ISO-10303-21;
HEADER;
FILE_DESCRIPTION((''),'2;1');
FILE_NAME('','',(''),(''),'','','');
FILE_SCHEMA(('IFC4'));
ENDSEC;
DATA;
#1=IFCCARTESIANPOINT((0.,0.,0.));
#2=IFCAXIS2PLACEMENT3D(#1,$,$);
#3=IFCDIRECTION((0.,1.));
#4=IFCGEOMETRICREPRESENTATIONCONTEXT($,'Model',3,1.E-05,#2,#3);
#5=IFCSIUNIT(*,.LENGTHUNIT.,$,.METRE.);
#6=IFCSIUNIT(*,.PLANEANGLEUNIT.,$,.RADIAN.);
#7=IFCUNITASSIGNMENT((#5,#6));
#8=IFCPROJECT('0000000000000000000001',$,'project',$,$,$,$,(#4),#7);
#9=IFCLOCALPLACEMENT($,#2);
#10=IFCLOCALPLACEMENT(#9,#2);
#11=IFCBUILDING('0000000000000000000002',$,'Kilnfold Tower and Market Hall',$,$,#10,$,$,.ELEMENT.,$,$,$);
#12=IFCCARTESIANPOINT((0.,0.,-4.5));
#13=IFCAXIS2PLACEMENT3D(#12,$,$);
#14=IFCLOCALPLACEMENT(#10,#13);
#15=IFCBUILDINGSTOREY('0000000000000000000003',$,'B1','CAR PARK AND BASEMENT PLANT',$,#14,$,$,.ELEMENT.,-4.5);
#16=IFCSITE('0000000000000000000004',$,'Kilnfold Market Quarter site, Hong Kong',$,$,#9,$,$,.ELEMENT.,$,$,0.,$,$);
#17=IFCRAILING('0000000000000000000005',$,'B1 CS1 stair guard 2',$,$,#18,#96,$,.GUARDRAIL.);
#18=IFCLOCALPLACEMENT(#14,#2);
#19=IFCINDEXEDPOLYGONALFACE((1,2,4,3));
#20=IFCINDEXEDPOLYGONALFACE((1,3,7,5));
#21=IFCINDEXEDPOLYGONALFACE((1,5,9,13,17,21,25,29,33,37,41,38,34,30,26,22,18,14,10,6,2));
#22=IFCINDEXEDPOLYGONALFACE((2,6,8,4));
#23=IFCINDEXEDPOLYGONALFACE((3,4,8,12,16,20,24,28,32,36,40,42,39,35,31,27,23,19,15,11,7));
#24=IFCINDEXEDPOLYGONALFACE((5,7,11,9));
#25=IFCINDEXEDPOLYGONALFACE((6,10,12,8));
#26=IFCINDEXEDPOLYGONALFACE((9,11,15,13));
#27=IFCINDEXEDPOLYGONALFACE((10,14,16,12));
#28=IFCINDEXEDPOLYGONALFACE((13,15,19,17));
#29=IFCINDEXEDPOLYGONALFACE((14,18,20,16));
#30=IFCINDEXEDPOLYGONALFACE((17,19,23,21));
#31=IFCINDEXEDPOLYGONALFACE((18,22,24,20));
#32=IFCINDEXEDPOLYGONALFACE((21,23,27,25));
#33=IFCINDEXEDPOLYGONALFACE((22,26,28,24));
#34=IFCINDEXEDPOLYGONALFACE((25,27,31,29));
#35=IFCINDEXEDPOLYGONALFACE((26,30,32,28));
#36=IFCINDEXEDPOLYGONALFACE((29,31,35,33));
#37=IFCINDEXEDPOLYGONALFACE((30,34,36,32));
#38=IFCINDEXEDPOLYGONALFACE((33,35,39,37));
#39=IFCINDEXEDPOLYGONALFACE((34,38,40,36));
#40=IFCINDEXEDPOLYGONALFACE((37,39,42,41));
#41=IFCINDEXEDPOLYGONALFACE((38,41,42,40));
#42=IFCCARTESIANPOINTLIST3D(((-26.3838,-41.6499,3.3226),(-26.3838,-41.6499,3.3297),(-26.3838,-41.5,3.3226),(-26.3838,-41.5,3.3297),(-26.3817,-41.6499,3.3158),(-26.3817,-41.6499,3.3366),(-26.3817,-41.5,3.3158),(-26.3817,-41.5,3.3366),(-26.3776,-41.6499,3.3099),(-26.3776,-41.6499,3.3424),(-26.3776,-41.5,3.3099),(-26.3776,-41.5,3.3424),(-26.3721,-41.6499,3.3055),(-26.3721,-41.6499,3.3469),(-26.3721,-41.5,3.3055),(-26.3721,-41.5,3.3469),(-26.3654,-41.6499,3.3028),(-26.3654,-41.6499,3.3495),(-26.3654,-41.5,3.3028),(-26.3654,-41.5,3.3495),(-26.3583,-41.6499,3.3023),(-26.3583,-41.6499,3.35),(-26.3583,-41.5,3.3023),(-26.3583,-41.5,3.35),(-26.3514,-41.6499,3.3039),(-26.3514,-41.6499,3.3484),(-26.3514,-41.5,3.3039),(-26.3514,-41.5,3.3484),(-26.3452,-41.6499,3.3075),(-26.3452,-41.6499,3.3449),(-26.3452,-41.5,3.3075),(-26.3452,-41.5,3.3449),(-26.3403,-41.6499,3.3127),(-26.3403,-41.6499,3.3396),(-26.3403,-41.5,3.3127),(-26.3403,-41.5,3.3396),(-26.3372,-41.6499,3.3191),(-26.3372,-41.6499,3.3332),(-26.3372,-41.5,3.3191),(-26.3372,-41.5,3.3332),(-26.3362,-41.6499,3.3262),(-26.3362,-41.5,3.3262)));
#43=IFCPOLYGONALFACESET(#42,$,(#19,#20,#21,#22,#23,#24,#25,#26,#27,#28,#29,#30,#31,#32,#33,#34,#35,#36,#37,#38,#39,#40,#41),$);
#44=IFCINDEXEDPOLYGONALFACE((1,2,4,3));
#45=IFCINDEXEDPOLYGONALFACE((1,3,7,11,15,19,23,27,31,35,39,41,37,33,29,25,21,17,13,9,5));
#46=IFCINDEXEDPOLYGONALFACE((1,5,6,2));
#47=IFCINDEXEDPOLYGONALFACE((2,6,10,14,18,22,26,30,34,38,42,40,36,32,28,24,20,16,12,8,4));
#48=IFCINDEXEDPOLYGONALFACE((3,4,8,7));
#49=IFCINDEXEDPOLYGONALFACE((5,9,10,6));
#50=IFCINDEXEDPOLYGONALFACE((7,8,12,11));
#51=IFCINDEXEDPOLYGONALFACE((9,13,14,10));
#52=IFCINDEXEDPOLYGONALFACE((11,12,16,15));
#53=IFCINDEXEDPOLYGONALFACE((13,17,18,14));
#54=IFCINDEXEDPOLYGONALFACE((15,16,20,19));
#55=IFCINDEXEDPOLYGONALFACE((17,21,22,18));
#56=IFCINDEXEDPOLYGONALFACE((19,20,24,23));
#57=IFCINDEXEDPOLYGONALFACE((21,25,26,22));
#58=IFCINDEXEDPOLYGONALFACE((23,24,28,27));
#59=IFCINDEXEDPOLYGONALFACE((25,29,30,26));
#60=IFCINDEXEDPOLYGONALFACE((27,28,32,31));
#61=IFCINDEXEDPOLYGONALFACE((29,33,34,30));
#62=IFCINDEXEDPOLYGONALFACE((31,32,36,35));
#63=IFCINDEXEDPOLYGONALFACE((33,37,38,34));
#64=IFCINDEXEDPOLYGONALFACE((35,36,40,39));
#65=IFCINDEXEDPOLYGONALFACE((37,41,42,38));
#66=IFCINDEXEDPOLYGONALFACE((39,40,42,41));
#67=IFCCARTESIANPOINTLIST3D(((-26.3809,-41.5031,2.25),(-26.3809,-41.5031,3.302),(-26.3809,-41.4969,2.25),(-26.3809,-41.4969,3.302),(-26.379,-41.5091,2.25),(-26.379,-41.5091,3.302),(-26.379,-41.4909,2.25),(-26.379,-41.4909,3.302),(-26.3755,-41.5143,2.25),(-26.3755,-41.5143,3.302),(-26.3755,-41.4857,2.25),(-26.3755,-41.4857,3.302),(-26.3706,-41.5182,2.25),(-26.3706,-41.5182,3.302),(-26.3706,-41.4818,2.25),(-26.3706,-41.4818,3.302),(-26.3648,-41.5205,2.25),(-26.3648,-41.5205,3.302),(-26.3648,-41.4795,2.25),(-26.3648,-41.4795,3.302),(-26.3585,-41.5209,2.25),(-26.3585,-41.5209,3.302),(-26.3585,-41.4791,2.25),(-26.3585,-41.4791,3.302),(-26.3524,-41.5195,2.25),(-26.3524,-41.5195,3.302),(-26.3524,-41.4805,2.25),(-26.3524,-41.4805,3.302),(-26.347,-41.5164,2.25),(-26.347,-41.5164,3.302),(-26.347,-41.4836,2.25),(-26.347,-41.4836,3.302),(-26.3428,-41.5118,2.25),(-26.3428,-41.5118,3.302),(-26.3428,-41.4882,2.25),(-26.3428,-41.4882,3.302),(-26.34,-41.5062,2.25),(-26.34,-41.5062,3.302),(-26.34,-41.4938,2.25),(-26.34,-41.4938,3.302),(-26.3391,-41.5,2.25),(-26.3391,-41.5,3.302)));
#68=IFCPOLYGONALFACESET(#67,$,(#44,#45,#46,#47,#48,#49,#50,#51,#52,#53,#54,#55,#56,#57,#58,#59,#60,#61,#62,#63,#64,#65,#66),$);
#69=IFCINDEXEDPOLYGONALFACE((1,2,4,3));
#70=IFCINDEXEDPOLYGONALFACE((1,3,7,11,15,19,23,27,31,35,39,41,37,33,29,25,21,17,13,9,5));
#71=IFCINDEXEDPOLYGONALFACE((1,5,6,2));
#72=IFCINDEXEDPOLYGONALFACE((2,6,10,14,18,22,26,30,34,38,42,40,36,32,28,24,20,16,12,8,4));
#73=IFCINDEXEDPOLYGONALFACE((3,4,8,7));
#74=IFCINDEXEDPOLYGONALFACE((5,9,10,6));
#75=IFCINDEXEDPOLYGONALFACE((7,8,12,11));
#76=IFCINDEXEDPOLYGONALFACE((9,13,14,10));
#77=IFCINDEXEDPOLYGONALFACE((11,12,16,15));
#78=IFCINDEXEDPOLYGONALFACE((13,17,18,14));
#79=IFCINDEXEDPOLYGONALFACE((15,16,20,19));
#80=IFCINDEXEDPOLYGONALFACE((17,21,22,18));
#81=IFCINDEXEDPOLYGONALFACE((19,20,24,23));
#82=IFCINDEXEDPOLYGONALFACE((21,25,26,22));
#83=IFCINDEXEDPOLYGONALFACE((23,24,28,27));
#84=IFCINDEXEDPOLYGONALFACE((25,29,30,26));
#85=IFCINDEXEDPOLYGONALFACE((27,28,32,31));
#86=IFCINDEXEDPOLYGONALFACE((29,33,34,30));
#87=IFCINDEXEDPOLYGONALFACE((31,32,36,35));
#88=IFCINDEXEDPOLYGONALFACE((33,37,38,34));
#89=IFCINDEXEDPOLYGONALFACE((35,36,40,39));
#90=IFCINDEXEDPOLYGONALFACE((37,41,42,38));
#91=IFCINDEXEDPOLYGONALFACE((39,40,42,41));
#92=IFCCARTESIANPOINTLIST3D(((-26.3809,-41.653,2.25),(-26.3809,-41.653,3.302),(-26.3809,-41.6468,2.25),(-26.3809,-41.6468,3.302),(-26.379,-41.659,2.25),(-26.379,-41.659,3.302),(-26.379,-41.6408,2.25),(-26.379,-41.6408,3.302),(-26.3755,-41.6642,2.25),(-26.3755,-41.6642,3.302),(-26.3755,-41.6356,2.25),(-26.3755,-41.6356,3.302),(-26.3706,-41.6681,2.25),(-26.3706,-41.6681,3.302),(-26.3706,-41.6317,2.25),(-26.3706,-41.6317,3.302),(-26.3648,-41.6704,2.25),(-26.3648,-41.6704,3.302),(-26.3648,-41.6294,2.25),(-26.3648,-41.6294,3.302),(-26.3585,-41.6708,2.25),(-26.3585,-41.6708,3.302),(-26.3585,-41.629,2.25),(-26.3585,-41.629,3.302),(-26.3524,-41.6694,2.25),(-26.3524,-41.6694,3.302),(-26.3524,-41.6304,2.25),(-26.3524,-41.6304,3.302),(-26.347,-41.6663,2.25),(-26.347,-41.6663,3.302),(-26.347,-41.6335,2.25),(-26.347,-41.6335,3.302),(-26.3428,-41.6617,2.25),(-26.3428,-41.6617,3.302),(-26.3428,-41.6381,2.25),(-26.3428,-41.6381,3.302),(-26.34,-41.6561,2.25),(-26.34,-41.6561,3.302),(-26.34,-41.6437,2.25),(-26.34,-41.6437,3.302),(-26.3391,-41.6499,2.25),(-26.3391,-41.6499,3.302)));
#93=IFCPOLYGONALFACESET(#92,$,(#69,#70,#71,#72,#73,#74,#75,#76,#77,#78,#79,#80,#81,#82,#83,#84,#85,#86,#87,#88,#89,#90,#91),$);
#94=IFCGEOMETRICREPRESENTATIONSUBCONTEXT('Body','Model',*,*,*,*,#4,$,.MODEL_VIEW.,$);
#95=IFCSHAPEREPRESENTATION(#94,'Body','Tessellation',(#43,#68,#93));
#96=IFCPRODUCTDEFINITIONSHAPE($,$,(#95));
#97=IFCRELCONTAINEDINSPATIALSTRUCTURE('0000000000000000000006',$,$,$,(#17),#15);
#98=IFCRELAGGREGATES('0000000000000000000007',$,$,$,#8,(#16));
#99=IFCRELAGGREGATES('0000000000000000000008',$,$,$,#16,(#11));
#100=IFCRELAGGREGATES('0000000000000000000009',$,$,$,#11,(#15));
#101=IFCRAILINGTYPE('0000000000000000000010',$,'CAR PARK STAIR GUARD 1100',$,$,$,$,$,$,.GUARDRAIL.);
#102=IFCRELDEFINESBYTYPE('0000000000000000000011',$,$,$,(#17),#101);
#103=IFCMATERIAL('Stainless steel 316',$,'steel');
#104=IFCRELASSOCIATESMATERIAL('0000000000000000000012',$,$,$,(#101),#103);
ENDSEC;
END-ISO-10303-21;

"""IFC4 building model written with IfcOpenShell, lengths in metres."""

from ifc_helpers import new_model, si_unit, direction, frame, origin, origin_2d, place, context, subcontext, project, spatial, circle, extrude, material, type_object, element, save


model = new_model("IFC4")

# Units and contexts
model_context = context("Model", 3, precision=1e-05, world=origin(), true_north=direction((0.0, 1.0)))
body_context = subcontext(model_context, "Body", "Model", "MODEL_VIEW")
ifc_project = project(units=[si_unit("LENGTHUNIT", "METRE"), si_unit("PLANEANGLEUNIT", "RADIAN")], contexts=[model_context])

# Site, building, storey
site_placement = place(None, origin())
site = spatial("IfcSite", under=ifc_project, at=site_placement, Name="Kilnfold Market Quarter site, Hong Kong", CompositionType="ELEMENT", RefElevation=0.0)
building_placement = place(site_placement, origin())
building = spatial("IfcBuilding", under=site, at=building_placement, Name="Kilnfold Tower and Market Hall", CompositionType="ELEMENT")
storey_placement = place(building_placement, frame((0.0, 0.0, -4.5)))
storey = spatial("IfcBuildingStorey", under=building, at=storey_placement, Name="B1", Description="CAR PARK AND BASEMENT PLANT", CompositionType="ELEMENT", Elevation=-4.5)

# Railing
ifc_material_1 = material(Name="Stainless steel 316", Category="steel")
railing_type_1 = type_object("IfcRailingType", Name="CAR PARK STAIR GUARD 1100", PredefinedType="GUARDRAIL", material=ifc_material_1)
railing_1_placement = place(storey_placement, frame((-26.3601, -41.5, 2.25)))
element("IfcRailing", 1, at=railing_1_placement, inside=storey, type_object=railing_type_1, Name="B1 CS1 stair guard 2", PredefinedType="GUARDRAIL", context=body_context, shape_type="SweptSolid", body=[
    extrude(circle(Radius=0.0239, at=origin_2d()), frame((0.0, 0.0, 1.0762), z_axis=(0.0, -1.0, 0.0), x_axis=(1.0, 0.0, 0.0)), (0.0, 0.0, 1.0), 0.1499),
    extrude(circle(Radius=0.021, at=origin_2d()), origin(), (0.0, 0.0, 1.0), 1.052),
    extrude(circle(Radius=0.021, at=origin_2d()), frame((0.0, -0.1499, 0.0)), (0.0, 0.0, 1.0), 1.052),
])

save(model, "model.ifc")
